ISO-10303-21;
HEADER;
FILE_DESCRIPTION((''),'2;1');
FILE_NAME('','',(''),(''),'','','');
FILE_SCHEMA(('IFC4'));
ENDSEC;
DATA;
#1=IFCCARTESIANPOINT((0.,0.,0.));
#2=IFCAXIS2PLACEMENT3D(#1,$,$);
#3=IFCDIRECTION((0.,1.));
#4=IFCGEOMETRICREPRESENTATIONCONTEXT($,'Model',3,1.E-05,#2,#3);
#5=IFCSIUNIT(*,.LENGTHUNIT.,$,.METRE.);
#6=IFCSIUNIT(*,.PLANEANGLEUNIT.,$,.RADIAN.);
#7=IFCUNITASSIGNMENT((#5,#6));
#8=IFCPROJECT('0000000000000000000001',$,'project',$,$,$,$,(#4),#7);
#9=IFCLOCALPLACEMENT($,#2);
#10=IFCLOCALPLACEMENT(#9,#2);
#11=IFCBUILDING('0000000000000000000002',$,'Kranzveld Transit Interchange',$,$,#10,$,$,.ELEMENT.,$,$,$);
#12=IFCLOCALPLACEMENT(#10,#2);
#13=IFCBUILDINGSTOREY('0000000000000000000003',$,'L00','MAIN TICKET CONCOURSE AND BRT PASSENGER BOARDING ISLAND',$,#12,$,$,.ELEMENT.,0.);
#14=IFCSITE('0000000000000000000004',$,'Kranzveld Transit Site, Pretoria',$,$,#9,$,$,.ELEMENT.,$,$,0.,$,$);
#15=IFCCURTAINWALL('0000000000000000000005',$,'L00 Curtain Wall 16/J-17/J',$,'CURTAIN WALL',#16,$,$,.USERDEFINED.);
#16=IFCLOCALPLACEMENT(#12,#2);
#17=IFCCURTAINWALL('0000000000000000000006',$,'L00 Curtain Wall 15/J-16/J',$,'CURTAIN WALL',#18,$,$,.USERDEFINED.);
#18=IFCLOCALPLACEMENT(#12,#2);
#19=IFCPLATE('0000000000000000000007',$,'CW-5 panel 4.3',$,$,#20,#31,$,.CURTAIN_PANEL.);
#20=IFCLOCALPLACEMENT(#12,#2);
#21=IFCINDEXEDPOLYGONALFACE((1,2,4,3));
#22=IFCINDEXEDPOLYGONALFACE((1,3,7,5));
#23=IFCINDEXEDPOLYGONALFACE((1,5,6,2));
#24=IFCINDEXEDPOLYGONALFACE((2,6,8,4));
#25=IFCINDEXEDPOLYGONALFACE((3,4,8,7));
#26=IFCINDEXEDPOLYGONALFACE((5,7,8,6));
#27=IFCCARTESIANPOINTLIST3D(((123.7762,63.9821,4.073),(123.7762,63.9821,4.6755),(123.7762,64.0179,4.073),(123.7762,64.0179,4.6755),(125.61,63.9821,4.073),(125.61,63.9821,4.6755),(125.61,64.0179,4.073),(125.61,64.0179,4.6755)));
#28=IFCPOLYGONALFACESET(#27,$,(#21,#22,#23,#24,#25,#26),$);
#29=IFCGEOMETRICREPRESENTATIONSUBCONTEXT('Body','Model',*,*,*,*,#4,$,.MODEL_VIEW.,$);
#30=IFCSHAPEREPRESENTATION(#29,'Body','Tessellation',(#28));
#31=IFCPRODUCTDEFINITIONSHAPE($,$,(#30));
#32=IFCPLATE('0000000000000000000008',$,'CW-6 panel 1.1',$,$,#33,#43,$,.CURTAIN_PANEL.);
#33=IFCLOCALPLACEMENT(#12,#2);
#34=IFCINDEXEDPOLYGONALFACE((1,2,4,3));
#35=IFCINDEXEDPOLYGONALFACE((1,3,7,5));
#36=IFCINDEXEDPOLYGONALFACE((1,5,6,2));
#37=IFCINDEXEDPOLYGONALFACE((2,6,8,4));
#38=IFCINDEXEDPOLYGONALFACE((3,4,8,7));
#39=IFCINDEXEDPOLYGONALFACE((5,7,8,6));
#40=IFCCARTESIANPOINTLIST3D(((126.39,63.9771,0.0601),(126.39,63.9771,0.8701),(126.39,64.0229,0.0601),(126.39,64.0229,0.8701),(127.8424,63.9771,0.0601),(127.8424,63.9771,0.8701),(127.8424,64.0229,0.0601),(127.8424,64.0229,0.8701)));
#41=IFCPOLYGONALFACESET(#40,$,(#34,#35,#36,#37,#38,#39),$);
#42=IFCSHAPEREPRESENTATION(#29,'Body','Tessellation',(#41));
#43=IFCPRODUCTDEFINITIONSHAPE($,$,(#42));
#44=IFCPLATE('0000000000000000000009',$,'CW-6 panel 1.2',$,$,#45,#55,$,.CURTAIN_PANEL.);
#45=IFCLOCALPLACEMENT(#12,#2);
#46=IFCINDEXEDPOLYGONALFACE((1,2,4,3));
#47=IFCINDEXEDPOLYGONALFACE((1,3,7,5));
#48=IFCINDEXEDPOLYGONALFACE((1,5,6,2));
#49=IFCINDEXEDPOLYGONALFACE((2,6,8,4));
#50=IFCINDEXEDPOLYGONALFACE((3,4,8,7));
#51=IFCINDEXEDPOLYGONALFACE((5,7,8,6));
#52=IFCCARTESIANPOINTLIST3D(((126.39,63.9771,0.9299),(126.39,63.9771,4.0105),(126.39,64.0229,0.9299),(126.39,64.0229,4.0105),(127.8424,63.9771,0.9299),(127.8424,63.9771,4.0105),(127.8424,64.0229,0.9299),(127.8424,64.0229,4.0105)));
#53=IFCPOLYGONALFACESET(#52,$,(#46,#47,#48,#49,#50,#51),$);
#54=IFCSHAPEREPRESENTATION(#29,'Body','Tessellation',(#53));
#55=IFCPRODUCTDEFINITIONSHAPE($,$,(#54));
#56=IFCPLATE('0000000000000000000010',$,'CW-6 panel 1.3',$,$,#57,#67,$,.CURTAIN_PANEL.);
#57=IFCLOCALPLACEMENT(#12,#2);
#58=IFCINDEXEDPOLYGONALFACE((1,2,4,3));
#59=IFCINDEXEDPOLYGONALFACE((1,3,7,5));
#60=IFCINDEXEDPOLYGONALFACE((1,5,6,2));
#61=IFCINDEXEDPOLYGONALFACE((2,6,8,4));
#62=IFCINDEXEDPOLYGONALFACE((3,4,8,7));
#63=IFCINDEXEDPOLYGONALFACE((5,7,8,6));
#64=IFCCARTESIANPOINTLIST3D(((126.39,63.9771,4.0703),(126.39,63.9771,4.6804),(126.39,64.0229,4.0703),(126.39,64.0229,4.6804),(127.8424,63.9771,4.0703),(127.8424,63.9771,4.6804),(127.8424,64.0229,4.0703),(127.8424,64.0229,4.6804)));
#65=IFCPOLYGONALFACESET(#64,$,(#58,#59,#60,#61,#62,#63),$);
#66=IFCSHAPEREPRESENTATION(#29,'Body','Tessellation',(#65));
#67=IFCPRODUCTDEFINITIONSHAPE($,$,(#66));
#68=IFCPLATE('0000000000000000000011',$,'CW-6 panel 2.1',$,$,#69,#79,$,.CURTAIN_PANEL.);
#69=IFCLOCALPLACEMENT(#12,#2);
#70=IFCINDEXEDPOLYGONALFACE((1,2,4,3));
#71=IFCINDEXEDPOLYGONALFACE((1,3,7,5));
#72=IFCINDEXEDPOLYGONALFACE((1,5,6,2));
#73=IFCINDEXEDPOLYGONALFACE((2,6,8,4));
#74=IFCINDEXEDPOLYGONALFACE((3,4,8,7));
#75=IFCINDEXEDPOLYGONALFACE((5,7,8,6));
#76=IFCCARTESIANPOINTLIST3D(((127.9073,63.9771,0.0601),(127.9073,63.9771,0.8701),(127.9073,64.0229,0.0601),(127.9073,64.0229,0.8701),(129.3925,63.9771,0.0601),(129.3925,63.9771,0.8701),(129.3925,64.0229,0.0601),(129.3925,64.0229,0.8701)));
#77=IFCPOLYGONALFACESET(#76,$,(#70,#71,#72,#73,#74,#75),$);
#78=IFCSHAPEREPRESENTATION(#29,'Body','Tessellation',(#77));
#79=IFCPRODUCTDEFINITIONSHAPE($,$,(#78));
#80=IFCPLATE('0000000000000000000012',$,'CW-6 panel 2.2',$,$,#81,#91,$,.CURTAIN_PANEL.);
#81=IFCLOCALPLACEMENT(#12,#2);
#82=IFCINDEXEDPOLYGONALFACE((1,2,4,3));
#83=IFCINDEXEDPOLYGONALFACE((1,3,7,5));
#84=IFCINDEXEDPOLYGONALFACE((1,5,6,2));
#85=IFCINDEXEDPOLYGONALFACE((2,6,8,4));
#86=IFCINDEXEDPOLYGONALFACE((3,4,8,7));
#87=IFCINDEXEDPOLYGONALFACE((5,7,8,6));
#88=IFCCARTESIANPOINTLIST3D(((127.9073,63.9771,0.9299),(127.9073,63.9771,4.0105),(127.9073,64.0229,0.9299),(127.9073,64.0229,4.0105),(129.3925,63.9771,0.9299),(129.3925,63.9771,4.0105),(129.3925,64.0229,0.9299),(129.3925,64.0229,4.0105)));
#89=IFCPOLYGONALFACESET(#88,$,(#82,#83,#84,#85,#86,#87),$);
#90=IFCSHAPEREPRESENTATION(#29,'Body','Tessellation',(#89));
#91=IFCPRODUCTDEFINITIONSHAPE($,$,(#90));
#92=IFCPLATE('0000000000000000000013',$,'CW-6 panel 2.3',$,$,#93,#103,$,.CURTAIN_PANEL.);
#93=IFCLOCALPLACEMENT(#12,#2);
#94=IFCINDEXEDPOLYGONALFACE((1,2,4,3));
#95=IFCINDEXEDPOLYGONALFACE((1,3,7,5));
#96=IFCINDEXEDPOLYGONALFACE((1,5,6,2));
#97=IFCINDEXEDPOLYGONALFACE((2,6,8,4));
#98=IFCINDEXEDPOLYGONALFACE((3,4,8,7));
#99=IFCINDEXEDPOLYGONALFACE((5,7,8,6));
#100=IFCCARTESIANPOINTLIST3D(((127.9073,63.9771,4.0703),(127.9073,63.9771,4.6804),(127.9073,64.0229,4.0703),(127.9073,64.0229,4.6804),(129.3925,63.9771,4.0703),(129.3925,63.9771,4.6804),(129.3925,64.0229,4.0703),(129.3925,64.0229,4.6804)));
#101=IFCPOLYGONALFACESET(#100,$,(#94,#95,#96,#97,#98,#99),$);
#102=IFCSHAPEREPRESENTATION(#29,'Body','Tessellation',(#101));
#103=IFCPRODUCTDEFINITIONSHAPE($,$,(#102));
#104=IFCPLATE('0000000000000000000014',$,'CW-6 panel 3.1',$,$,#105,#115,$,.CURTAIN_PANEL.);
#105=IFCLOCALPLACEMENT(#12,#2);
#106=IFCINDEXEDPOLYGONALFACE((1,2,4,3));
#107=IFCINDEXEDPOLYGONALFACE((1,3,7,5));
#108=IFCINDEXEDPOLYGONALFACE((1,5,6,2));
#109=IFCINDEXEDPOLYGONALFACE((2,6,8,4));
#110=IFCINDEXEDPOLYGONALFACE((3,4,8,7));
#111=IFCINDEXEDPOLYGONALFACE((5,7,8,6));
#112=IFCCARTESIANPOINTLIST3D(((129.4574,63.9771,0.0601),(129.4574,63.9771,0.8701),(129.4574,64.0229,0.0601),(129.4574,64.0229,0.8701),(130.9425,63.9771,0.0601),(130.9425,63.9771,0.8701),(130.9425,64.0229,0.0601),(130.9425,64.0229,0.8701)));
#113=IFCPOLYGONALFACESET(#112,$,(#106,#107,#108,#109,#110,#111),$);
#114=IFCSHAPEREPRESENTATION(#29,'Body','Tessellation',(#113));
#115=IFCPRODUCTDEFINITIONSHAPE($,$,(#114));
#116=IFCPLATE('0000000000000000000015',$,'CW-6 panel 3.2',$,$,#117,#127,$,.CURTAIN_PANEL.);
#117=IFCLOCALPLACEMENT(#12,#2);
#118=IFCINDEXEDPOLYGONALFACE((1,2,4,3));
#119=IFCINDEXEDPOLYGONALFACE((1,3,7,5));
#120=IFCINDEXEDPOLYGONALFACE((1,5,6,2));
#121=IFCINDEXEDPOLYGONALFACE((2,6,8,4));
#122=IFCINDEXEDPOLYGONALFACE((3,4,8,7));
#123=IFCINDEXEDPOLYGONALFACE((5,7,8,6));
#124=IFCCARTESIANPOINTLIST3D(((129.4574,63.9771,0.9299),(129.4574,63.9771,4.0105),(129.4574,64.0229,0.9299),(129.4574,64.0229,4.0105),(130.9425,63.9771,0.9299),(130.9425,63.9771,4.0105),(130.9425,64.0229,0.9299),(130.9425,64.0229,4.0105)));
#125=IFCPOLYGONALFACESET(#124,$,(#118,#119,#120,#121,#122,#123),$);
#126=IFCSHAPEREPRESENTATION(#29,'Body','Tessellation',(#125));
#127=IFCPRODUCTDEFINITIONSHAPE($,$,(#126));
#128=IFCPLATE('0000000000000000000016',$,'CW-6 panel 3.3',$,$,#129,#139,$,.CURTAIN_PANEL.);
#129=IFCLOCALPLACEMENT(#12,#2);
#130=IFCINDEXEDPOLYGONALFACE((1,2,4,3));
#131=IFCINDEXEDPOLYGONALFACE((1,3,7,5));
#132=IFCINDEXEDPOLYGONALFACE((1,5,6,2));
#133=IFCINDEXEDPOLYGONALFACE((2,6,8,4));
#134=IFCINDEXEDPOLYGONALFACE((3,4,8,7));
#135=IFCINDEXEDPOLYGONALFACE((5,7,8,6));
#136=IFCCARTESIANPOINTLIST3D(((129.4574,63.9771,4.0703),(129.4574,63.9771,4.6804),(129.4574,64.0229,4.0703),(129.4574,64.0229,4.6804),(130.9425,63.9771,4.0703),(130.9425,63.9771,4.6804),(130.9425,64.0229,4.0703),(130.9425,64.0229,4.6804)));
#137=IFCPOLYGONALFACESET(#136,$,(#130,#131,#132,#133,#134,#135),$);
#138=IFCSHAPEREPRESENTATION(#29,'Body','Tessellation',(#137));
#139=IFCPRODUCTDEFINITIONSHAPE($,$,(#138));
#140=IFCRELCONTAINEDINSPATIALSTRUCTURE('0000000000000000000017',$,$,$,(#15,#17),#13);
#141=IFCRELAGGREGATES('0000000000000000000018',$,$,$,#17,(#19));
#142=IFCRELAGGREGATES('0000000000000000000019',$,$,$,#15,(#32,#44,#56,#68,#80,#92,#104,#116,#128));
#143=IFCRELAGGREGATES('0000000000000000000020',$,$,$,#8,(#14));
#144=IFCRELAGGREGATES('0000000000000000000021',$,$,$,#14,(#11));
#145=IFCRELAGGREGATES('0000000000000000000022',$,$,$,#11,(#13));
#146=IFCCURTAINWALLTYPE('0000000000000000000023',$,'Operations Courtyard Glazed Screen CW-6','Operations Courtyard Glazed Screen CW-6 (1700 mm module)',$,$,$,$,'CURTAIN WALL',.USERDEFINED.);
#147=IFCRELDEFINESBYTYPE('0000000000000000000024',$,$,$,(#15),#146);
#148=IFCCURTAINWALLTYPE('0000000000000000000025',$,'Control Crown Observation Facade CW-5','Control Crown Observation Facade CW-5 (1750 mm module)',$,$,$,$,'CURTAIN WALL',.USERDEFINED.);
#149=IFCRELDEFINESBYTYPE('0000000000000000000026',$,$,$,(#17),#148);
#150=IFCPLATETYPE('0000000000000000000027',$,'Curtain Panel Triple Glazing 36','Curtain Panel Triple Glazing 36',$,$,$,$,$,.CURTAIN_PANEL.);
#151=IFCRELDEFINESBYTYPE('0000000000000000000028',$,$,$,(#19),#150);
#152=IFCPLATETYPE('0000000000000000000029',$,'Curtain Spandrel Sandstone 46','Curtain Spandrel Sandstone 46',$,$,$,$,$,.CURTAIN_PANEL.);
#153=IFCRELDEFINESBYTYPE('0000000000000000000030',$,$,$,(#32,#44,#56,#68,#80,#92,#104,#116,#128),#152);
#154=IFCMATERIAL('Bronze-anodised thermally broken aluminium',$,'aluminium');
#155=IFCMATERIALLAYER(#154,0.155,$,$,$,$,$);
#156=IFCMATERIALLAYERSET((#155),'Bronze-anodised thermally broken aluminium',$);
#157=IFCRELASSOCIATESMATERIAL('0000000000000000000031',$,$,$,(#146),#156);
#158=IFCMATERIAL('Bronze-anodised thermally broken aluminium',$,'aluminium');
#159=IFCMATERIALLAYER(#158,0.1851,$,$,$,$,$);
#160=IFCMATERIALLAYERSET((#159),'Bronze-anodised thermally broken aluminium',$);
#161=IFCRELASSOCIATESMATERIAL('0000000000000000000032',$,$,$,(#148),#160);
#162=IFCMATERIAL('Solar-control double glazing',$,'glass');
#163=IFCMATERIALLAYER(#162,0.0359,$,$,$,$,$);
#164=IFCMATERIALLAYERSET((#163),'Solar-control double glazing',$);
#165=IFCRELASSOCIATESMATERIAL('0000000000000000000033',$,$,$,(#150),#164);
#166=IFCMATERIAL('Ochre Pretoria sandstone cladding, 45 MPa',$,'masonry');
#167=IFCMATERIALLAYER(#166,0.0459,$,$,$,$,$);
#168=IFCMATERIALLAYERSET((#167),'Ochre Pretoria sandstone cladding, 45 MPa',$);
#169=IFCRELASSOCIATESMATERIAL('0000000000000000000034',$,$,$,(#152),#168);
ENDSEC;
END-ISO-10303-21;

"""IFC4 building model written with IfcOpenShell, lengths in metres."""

from ifc_helpers import new_model, si_unit, direction, frame, origin, origin_2d, place, context, subcontext, project, spatial, rectangle, extrude, material, layer, layer_set, type_object, element, aggregate, save


model = new_model("IFC4")

# Units and contexts
model_context = context("Model", 3, precision=1e-05, world=origin(), true_north=direction((0.0, 1.0)))
body_context = subcontext(model_context, "Body", "Model", "MODEL_VIEW")
ifc_project = project(units=[si_unit("LENGTHUNIT", "METRE"), si_unit("PLANEANGLEUNIT", "RADIAN")], contexts=[model_context])

# Site, building, storey
site_placement = place(None, origin())
site = spatial("IfcSite", under=ifc_project, at=site_placement, Name="Kranzveld Transit Site, Pretoria", CompositionType="ELEMENT", RefElevation=0.0)
building_placement = place(site_placement, origin())
building = spatial("IfcBuilding", under=site, at=building_placement, Name="Kranzveld Transit Interchange", CompositionType="ELEMENT")
storey_placement = place(building_placement, origin())
storey = spatial("IfcBuildingStorey", under=building, at=storey_placement, Name="L00", Description="MAIN TICKET CONCOURSE AND BRT PASSENGER BOARDING ISLAND", CompositionType="ELEMENT", Elevation=0.0)

# Curtain wall
ifc_material_1 = material(Name="Bronze-anodised thermally broken aluminium", Category="aluminium")
ifc_layer_1 = layer(ifc_material_1, 0.155)
ifc_layer_set_1 = layer_set([ifc_layer_1], Name="Bronze-anodised thermally broken aluminium")
curtain_wall_type_1 = type_object("IfcCurtainWallType", Name="Operations Courtyard Glazed Screen CW-6", Description="Operations Courtyard Glazed Screen CW-6 (1700 mm module)", ElementType="CURTAIN WALL", PredefinedType="USERDEFINED", material=ifc_layer_set_1)
curtain_wall_1_placement = place(storey_placement, origin())
curtain_wall_1 = element("IfcCurtainWall", 1, at=curtain_wall_1_placement, inside=storey, type_object=curtain_wall_type_1, Name="L00 Curtain Wall 16/J-17/J", ObjectType="CURTAIN WALL", PredefinedType="USERDEFINED")

# Curtain wall
ifc_material_2 = material(Name="Bronze-anodised thermally broken aluminium", Category="aluminium")
ifc_layer_2 = layer(ifc_material_2, 0.1851)
ifc_layer_set_2 = layer_set([ifc_layer_2], Name="Bronze-anodised thermally broken aluminium")
curtain_wall_type_2 = type_object("IfcCurtainWallType", Name="Control Crown Observation Facade CW-5", Description="Control Crown Observation Facade CW-5 (1750 mm module)", ElementType="CURTAIN WALL", PredefinedType="USERDEFINED", material=ifc_layer_set_2)
curtain_wall_2_placement = place(storey_placement, origin())
curtain_wall_2 = element("IfcCurtainWall", 2, at=curtain_wall_2_placement, inside=storey, type_object=curtain_wall_type_2, Name="L00 Curtain Wall 15/J-16/J", ObjectType="CURTAIN WALL", PredefinedType="USERDEFINED")

# Plates
ifc_material_3 = material(Name="Solar-control double glazing", Category="glass")
ifc_layer_3 = layer(ifc_material_3, 0.0359)
ifc_layer_set_3 = layer_set([ifc_layer_3], Name="Solar-control double glazing")
plate_type_1 = type_object("IfcPlateType", Name="Curtain Panel Triple Glazing 36", Description="Curtain Panel Triple Glazing 36", PredefinedType="CURTAIN_PANEL", material=ifc_layer_set_3)
plate_1_placement = place(storey_placement, frame((124.6931, 64.0, 4.073), z_axis=(0.0, 0.0, 1.0), x_axis=(1.0, 0.0, 0.0)))
plate_1 = element("IfcPlate", 3, at=plate_1_placement, type_object=plate_type_1, Name="CW-5 panel 4.3", PredefinedType="CURTAIN_PANEL", context=body_context, shape_type="SweptSolid", body=[
    extrude(rectangle(XDim=1.8337, YDim=0.0359, at=origin_2d()), origin(), (0.0, 0.0, 1.0), 0.6025),
])
aggregate(curtain_wall_2, [plate_1])
ifc_material_4 = material(Name="Ochre Pretoria sandstone cladding, 45 MPa", Category="masonry")
ifc_layer_4 = layer(ifc_material_4, 0.0459)
ifc_layer_set_4 = layer_set([ifc_layer_4], Name="Ochre Pretoria sandstone cladding, 45 MPa")
plate_type_2 = type_object("IfcPlateType", Name="Curtain Spandrel Sandstone 46", Description="Curtain Spandrel Sandstone 46", PredefinedType="CURTAIN_PANEL", material=ifc_layer_set_4)
plate_2_placement = place(storey_placement, frame((127.1162, 64.0, 0.0601), z_axis=(0.0, 0.0, 1.0), x_axis=(1.0, 0.0, 0.0)))
plate_2 = element("IfcPlate", 4, at=plate_2_placement, type_object=plate_type_2, Name="CW-6 panel 1.1", PredefinedType="CURTAIN_PANEL", context=body_context, shape_type="SweptSolid", body=[
    extrude(rectangle(XDim=1.4524, YDim=0.0459, at=origin_2d()), origin(), (0.0, 0.0, 1.0), 0.8101),
])
plate_3_placement = place(storey_placement, frame((127.1162, 64.0, 0.9299), z_axis=(0.0, 0.0, 1.0), x_axis=(1.0, 0.0, 0.0)))
plate_3 = element("IfcPlate", 5, at=plate_3_placement, type_object=plate_type_2, Name="CW-6 panel 1.2", PredefinedType="CURTAIN_PANEL", context=body_context, shape_type="SweptSolid", body=[
    extrude(rectangle(XDim=1.4524, YDim=0.0459, at=origin_2d()), origin(), (0.0, 0.0, 1.0), 3.0806),
])
plate_4_placement = place(storey_placement, frame((127.1162, 64.0, 4.0703), z_axis=(0.0, 0.0, 1.0), x_axis=(1.0, 0.0, 0.0)))
plate_4 = element("IfcPlate", 6, at=plate_4_placement, type_object=plate_type_2, Name="CW-6 panel 1.3", PredefinedType="CURTAIN_PANEL", context=body_context, shape_type="SweptSolid", body=[
    extrude(rectangle(XDim=1.4524, YDim=0.0459, at=origin_2d()), origin(), (0.0, 0.0, 1.0), 0.6101),
])
plate_5_placement = place(storey_placement, frame((128.6499, 64.0, 0.0601), z_axis=(0.0, 0.0, 1.0), x_axis=(1.0, 0.0, 0.0)))
plate_5 = element("IfcPlate", 7, at=plate_5_placement, type_object=plate_type_2, Name="CW-6 panel 2.1", PredefinedType="CURTAIN_PANEL", context=body_context, shape_type="SweptSolid", body=[
    extrude(rectangle(XDim=1.4851, YDim=0.0459, at=origin_2d()), origin(), (0.0, 0.0, 1.0), 0.8101),
])
plate_6_placement = place(storey_placement, frame((128.6499, 64.0, 0.9299), z_axis=(0.0, 0.0, 1.0), x_axis=(1.0, 0.0, 0.0)))
plate_6 = element("IfcPlate", 8, at=plate_6_placement, type_object=plate_type_2, Name="CW-6 panel 2.2", PredefinedType="CURTAIN_PANEL", context=body_context, shape_type="SweptSolid", body=[
    extrude(rectangle(XDim=1.4851, YDim=0.0459, at=origin_2d()), origin(), (0.0, 0.0, 1.0), 3.0806),
])
plate_7_placement = place(storey_placement, frame((128.6499, 64.0, 4.0703), z_axis=(0.0, 0.0, 1.0), x_axis=(1.0, 0.0, 0.0)))
plate_7 = element("IfcPlate", 9, at=plate_7_placement, type_object=plate_type_2, Name="CW-6 panel 2.3", PredefinedType="CURTAIN_PANEL", context=body_context, shape_type="SweptSolid", body=[
    extrude(rectangle(XDim=1.4851, YDim=0.0459, at=origin_2d()), origin(), (0.0, 0.0, 1.0), 0.6101),
])
plate_8_placement = place(storey_placement, frame((130.2, 64.0, 0.0601), z_axis=(0.0, 0.0, 1.0), x_axis=(1.0, 0.0, 0.0)))
plate_8 = element("IfcPlate", 10, at=plate_8_placement, type_object=plate_type_2, Name="CW-6 panel 3.1", PredefinedType="CURTAIN_PANEL", context=body_context, shape_type="SweptSolid", body=[
    extrude(rectangle(XDim=1.4851, YDim=0.0459, at=origin_2d()), origin(), (0.0, 0.0, 1.0), 0.8101),
])
plate_9_placement = place(storey_placement, frame((130.2, 64.0, 0.9299), z_axis=(0.0, 0.0, 1.0), x_axis=(1.0, 0.0, 0.0)))
plate_9 = element("IfcPlate", 11, at=plate_9_placement, type_object=plate_type_2, Name="CW-6 panel 3.2", PredefinedType="CURTAIN_PANEL", context=body_context, shape_type="SweptSolid", body=[
    extrude(rectangle(XDim=1.4851, YDim=0.0459, at=origin_2d()), origin(), (0.0, 0.0, 1.0), 3.0806),
])
plate_10_placement = place(storey_placement, frame((130.2, 64.0, 4.0703), z_axis=(0.0, 0.0, 1.0), x_axis=(1.0, 0.0, 0.0)))
plate_10 = element("IfcPlate", 12, at=plate_10_placement, type_object=plate_type_2, Name="CW-6 panel 3.3", PredefinedType="CURTAIN_PANEL", context=body_context, shape_type="SweptSolid", body=[
    extrude(rectangle(XDim=1.4851, YDim=0.0459, at=origin_2d()), origin(), (0.0, 0.0, 1.0), 0.6101),
])
aggregate(curtain_wall_1, [plate_2, plate_3, plate_4, plate_5, plate_6, plate_7, plate_8, plate_9, plate_10])

save(model, "model.ifc")
